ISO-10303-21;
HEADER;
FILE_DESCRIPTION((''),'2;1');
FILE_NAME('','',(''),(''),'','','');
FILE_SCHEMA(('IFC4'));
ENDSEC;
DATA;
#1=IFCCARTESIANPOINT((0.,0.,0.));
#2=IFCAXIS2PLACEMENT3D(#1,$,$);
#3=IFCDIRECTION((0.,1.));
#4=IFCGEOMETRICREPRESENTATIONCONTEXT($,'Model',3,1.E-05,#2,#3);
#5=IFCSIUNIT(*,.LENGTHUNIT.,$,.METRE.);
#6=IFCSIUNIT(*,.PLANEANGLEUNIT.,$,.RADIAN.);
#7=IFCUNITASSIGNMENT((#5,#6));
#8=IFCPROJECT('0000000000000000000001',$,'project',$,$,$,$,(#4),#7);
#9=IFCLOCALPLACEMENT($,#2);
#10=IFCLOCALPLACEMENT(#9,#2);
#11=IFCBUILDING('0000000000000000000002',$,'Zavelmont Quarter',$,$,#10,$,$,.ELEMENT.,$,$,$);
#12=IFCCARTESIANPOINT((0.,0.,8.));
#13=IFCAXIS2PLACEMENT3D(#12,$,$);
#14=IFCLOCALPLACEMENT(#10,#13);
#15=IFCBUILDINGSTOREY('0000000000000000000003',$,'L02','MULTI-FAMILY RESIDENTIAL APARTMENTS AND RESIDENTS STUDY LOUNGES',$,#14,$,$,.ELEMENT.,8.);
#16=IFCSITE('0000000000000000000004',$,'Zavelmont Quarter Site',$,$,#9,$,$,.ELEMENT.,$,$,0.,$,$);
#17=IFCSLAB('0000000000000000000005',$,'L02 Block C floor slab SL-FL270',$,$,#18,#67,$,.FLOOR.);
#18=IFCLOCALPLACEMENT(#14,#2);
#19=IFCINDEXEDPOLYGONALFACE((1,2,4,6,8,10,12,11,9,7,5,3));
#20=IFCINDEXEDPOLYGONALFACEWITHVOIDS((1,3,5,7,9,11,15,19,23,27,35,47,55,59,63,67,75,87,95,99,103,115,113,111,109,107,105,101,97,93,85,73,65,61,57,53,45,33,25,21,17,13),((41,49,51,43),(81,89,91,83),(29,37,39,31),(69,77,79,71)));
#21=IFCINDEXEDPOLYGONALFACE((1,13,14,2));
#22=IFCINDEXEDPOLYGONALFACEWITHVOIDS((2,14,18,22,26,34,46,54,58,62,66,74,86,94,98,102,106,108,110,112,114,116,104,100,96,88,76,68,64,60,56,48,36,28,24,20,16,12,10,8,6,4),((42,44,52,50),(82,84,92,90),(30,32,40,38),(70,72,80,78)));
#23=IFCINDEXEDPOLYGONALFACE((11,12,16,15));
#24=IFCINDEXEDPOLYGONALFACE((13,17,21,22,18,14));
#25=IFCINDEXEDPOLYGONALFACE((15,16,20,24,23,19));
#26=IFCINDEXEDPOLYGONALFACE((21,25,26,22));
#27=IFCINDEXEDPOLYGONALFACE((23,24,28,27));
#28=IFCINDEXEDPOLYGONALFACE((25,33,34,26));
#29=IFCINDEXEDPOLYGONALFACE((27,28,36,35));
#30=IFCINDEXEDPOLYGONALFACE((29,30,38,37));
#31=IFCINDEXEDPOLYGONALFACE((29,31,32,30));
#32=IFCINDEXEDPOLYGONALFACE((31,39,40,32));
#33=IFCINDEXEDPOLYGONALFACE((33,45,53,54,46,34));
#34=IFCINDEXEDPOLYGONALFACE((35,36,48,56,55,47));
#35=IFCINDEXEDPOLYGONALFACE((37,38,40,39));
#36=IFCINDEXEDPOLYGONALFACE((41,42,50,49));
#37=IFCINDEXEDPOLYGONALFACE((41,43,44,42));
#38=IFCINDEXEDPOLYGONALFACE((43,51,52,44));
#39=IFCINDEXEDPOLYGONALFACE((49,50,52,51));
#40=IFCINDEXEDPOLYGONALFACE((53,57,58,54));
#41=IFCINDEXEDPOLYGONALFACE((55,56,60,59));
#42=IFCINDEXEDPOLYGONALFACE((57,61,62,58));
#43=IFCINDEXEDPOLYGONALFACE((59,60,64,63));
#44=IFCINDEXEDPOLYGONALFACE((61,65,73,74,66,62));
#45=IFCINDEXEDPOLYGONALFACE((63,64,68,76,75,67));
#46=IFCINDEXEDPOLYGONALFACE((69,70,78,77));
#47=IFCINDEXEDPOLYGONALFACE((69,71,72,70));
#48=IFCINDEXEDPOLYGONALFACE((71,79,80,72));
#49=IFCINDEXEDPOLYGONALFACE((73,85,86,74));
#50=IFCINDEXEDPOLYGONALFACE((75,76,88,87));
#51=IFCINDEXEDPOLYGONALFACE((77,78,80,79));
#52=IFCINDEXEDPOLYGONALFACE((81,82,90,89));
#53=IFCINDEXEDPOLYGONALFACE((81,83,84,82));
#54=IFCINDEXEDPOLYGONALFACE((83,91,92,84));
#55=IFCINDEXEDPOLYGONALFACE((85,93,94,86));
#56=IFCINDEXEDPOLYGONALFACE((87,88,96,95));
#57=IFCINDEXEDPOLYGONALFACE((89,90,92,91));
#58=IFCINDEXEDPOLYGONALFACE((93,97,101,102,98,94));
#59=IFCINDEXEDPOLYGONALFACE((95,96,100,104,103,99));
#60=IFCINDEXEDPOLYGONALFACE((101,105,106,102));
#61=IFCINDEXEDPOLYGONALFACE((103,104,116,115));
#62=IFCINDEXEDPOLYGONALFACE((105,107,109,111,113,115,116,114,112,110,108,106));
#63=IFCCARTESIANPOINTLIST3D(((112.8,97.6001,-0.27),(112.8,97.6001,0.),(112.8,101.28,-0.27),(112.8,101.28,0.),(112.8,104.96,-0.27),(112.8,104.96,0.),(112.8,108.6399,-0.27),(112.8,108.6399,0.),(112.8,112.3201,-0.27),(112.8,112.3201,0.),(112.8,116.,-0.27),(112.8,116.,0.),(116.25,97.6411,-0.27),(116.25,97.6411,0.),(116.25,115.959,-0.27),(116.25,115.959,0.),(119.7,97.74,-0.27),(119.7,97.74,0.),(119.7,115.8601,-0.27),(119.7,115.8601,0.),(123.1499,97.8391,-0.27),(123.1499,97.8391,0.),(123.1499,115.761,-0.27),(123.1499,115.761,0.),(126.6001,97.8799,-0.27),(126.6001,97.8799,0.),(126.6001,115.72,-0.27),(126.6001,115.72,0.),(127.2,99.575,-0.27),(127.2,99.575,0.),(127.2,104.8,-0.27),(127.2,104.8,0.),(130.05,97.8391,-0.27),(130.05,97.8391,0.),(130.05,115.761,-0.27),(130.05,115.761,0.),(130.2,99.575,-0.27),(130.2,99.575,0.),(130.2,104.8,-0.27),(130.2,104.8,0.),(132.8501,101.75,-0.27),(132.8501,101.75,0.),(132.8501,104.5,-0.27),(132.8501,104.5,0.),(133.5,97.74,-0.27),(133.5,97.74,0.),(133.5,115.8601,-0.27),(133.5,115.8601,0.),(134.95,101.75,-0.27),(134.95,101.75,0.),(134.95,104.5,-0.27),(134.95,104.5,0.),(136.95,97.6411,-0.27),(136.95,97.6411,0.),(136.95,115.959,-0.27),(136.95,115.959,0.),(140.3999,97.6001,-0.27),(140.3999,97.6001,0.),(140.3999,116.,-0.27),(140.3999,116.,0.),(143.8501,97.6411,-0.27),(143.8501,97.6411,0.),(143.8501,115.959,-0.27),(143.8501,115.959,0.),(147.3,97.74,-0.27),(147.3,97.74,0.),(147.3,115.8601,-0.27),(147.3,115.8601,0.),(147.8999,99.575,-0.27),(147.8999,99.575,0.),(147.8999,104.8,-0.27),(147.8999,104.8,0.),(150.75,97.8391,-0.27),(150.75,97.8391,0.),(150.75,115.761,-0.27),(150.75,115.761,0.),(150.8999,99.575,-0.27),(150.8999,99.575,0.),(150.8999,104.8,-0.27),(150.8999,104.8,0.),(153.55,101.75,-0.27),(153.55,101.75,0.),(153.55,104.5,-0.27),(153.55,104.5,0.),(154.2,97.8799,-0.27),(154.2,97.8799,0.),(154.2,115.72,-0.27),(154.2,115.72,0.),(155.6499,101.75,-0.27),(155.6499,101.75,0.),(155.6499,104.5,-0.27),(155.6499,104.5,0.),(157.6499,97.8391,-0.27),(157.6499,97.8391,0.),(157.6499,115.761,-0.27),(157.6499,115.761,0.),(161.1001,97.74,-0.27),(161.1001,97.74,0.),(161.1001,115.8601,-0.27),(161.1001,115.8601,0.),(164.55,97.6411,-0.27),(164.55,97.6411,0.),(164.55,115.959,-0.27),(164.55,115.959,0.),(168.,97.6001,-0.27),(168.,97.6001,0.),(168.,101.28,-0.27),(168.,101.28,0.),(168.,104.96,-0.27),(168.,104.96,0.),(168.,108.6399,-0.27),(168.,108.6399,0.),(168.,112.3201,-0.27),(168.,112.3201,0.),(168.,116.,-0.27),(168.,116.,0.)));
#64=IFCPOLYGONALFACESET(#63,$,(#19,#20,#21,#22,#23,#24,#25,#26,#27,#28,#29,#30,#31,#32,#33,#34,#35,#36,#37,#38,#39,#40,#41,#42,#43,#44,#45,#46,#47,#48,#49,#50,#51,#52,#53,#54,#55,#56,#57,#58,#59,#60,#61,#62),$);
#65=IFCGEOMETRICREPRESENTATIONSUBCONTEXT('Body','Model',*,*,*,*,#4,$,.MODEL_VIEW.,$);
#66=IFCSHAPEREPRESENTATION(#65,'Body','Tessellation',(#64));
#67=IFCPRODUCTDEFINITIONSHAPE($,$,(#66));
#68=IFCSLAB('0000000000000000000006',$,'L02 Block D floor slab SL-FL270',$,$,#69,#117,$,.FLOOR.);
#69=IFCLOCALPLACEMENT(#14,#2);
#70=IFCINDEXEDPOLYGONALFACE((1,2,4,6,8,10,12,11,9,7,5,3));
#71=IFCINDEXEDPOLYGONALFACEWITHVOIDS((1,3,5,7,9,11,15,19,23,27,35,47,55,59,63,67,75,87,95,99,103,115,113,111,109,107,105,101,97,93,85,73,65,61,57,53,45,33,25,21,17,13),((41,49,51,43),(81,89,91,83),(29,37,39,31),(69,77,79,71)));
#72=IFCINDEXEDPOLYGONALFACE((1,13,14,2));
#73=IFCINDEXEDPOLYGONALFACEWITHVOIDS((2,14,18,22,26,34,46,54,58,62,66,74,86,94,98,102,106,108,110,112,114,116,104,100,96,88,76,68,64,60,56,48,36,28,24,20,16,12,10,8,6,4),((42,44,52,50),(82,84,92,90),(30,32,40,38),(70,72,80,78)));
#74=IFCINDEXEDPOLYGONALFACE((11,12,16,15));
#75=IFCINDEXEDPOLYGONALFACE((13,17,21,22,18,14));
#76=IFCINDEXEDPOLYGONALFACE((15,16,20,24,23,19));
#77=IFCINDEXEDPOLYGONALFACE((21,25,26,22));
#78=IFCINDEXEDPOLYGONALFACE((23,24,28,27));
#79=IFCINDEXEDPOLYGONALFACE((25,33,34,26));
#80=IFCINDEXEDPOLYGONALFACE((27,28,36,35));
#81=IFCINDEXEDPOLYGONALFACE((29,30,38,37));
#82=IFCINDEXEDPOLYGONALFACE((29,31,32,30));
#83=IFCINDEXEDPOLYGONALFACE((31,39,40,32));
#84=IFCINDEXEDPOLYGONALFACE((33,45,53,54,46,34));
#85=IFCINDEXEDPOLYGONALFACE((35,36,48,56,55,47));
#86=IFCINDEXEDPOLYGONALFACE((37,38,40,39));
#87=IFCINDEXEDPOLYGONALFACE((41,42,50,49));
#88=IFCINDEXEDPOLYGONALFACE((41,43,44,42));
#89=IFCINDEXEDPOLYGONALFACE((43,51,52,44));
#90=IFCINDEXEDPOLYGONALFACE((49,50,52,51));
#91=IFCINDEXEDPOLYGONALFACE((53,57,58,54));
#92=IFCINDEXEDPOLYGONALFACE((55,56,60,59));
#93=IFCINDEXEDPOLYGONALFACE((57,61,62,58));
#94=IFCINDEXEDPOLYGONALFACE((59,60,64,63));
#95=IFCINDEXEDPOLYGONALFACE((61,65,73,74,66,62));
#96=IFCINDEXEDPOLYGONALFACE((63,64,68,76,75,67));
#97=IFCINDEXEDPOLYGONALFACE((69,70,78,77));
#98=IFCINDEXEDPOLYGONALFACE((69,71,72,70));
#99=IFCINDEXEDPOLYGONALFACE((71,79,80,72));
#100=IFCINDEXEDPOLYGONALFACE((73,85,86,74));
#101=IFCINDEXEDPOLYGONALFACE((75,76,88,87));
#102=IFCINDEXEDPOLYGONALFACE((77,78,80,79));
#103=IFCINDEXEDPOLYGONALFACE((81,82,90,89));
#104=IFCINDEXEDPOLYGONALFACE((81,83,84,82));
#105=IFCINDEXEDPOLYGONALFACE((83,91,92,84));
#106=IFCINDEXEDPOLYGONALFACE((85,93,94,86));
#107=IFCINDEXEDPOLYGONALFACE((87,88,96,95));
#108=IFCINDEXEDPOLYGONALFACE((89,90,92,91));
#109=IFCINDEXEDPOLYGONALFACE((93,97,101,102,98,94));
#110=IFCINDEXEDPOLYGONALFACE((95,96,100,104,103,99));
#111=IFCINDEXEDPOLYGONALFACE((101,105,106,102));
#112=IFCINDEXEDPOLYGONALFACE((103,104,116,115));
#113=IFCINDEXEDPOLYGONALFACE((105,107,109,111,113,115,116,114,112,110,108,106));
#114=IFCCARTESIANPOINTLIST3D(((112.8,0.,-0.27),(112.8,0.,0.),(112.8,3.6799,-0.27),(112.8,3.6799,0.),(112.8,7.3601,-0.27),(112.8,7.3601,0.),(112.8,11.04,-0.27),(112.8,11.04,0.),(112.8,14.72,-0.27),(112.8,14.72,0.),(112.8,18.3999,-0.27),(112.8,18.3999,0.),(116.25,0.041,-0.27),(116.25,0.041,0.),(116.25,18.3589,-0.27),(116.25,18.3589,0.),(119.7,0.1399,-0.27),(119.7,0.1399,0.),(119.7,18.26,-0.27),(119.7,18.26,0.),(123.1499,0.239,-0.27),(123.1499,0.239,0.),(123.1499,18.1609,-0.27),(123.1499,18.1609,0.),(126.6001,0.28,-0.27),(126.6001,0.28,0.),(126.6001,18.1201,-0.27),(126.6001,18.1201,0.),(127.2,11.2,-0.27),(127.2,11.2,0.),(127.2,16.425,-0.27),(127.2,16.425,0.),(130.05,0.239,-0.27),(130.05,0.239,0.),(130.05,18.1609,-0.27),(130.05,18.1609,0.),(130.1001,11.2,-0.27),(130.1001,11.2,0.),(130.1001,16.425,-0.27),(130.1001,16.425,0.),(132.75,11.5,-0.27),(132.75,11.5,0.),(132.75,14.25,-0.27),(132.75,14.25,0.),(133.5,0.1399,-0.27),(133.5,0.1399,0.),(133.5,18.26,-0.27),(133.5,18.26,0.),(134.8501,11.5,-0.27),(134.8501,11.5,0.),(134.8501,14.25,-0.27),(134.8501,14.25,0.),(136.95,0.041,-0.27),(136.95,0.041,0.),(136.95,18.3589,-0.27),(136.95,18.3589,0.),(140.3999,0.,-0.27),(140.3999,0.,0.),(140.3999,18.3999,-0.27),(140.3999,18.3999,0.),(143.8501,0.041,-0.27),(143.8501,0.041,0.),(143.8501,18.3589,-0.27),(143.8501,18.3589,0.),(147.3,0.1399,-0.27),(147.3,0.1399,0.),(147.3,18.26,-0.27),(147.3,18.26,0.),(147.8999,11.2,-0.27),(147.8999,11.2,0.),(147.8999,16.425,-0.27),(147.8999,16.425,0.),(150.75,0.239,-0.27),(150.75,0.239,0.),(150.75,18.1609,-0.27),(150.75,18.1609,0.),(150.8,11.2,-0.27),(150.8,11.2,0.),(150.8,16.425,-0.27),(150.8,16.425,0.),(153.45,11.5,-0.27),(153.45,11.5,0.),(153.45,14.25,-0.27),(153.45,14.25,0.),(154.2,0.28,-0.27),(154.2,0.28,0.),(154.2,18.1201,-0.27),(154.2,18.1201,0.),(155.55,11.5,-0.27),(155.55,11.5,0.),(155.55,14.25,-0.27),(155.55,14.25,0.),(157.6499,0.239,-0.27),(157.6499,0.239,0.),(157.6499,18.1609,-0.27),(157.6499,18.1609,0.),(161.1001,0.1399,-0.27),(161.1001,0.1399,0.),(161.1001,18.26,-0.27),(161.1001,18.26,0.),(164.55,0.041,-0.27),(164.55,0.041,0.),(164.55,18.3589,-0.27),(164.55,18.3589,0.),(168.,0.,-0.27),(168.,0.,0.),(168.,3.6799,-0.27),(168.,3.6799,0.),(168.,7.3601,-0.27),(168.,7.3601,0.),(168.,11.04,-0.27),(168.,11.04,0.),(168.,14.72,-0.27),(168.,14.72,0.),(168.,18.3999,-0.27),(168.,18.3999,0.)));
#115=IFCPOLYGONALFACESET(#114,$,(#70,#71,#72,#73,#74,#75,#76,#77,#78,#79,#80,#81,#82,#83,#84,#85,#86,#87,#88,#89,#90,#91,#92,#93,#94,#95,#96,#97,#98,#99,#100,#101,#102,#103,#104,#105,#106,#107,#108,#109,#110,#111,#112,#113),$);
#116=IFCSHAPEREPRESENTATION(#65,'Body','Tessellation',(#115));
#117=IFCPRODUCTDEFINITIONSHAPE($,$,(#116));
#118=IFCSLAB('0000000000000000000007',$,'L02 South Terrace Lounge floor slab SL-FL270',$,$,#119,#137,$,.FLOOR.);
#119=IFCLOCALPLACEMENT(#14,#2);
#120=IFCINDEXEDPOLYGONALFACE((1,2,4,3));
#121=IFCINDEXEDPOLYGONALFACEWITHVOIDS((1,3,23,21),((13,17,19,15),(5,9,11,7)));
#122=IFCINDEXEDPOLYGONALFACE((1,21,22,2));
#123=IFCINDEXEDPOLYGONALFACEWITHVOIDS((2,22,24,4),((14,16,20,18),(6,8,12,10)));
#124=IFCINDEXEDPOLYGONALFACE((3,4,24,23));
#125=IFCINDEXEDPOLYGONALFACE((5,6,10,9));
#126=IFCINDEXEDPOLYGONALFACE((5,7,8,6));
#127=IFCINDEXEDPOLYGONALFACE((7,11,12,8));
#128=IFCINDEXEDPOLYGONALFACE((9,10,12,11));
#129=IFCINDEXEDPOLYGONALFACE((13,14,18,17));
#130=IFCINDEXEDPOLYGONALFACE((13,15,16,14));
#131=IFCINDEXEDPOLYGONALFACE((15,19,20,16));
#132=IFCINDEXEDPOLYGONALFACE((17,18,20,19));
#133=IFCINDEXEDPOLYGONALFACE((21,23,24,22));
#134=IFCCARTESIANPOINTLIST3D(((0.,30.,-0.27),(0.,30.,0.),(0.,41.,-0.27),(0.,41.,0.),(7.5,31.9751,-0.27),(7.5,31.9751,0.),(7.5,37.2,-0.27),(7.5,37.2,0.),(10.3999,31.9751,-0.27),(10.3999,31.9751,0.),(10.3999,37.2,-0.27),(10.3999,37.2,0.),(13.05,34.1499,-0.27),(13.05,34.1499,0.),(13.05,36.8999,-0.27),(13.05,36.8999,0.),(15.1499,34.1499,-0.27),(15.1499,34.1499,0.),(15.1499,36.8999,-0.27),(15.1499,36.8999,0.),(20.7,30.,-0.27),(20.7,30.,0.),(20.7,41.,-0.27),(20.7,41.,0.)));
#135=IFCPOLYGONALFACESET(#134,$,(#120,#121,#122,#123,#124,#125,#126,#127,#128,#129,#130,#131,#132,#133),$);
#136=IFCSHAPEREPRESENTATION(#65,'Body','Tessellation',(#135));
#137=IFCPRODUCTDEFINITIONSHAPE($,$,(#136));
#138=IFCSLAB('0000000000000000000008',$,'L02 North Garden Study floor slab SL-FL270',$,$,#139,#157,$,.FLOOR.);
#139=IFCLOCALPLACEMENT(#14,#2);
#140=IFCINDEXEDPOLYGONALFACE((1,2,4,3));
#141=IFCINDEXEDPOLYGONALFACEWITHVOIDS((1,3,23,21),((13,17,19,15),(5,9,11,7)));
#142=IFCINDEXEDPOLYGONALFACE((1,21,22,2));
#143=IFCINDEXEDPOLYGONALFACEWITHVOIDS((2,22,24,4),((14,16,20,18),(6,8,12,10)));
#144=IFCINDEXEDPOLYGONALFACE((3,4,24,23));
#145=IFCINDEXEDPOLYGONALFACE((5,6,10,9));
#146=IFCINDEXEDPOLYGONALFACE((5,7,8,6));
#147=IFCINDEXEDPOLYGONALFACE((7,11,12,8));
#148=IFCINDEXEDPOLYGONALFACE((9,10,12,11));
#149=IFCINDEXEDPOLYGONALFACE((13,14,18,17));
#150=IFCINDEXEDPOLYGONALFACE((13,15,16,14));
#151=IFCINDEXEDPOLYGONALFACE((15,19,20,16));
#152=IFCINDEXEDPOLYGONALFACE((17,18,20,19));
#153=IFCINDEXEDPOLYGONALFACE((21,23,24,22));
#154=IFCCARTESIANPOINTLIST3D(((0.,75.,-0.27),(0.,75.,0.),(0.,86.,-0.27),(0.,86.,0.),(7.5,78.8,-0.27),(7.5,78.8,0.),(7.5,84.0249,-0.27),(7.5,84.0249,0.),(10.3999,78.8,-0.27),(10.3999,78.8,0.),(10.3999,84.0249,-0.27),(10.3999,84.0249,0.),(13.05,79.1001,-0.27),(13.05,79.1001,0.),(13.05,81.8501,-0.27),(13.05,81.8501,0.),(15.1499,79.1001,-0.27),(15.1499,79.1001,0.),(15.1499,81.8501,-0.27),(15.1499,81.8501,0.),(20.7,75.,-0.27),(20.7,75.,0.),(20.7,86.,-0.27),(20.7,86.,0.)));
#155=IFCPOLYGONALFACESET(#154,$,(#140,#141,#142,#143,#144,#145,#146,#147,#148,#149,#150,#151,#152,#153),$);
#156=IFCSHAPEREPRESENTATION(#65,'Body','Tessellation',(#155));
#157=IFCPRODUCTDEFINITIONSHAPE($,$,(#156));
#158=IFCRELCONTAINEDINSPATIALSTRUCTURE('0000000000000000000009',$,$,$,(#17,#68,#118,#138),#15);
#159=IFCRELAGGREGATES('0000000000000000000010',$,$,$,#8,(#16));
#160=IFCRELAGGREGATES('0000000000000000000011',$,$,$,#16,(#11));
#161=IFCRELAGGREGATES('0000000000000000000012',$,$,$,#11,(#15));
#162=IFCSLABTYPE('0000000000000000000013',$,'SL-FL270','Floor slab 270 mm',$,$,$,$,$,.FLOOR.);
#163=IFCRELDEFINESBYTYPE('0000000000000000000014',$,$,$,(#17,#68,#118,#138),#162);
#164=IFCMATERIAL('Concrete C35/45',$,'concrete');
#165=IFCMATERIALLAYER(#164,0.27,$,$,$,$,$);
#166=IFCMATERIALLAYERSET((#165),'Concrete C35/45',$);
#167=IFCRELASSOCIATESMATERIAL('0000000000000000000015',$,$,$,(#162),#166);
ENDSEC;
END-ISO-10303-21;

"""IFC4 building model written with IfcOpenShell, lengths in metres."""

from ifc_helpers import new_model, si_unit, direction, frame, origin, place, context, subcontext, project, spatial, polyline, outline, extrude, material, layer, layer_set, type_object, element, save


model = new_model("IFC4")

# Units and contexts
model_context = context("Model", 3, precision=1e-05, world=origin(), true_north=direction((0.0, 1.0)))
body_context = subcontext(model_context, "Body", "Model", "MODEL_VIEW")
ifc_project = project(units=[si_unit("LENGTHUNIT", "METRE"), si_unit("PLANEANGLEUNIT", "RADIAN")], contexts=[model_context])

# Site, building, storey
site_placement = place(None, origin())
site = spatial("IfcSite", under=ifc_project, at=site_placement, Name="Zavelmont Quarter Site", CompositionType="ELEMENT", RefElevation=0.0)
building_placement = place(site_placement, origin())
building = spatial("IfcBuilding", under=site, at=building_placement, Name="Zavelmont Quarter", CompositionType="ELEMENT")
storey_placement = place(building_placement, frame((0.0, 0.0, 8.0)))
storey = spatial("IfcBuildingStorey", under=building, at=storey_placement, Name="L02", Description="MULTI-FAMILY RESIDENTIAL APARTMENTS AND RESIDENTS STUDY LOUNGES", CompositionType="ELEMENT", Elevation=8.0)

# Slabs
ifc_material_1 = material(Name="Concrete C35/45", Category="concrete")
ifc_layer_1 = layer(ifc_material_1, 0.27)
ifc_layer_set_1 = layer_set([ifc_layer_1], Name="Concrete C35/45")
slab_type_1 = type_object("IfcSlabType", Name="SL-FL270", Description="Floor slab 270 mm", PredefinedType="FLOOR", material=ifc_layer_set_1)
slab_1_placement = place(storey_placement, frame((0.0, 0.0, -0.27)))
element("IfcSlab", 1, at=slab_1_placement, inside=storey, type_object=slab_type_1, Name="L02 Block C floor slab SL-FL270", PredefinedType="FLOOR", context=body_context, shape_type="SweptSolid", body=[
    extrude(outline(polyline([(112.8, 97.6001), (116.25, 97.6411), (119.7, 97.74), (123.1499, 97.8391), (126.6001, 97.8799), (130.05, 97.8391), (133.5, 97.74), (136.95, 97.6411), (140.3999, 97.6001), (143.8501, 97.6411), (147.3, 97.74), (150.75, 97.8391), (154.2, 97.8799), (157.6499, 97.8391), (161.1001, 97.74), (164.55, 97.6411), (168.0, 97.6001), (168.0, 101.28), (168.0, 104.96), (168.0, 108.6399), (168.0, 112.3201), (168.0, 116.0), (164.55, 115.959), (161.1001, 115.8601), (157.6499, 115.761), (154.2, 115.72), (150.75, 115.761), (147.3, 115.8601), (143.8501, 115.959), (140.3999, 116.0), (136.95, 115.959), (133.5, 115.8601), (130.05, 115.761), (126.6001, 115.72), (123.1499, 115.761), (119.7, 115.8601), (116.25, 115.959), (112.8, 116.0), (112.8, 112.3201), (112.8, 108.6399), (112.8, 104.96), (112.8, 101.28), (112.8, 97.6001)]), holes=[polyline([(130.2, 99.575), (130.2, 104.8), (127.2, 104.8), (127.2, 99.575), (130.2, 99.575)]), polyline([(132.8501, 101.75), (134.95, 101.75), (134.95, 104.5), (132.8501, 104.5), (132.8501, 101.75)]), polyline([(150.8999, 99.575), (150.8999, 104.8), (147.8999, 104.8), (147.8999, 99.575), (150.8999, 99.575)]), polyline([(153.55, 101.75), (155.6499, 101.75), (155.6499, 104.5), (153.55, 104.5), (153.55, 101.75)])]), origin(), (0.0, 0.0, 1.0), 0.27),
])
slab_2_placement = place(storey_placement, frame((0.0, 0.0, -0.27)))
element("IfcSlab", 2, at=slab_2_placement, inside=storey, type_object=slab_type_1, Name="L02 Block D floor slab SL-FL270", PredefinedType="FLOOR", context=body_context, shape_type="SweptSolid", body=[
    extrude(outline(polyline([(112.8, 0.0), (116.25, 0.041), (119.7, 0.1399), (123.1499, 0.239), (126.6001, 0.28), (130.05, 0.239), (133.5, 0.1399), (136.95, 0.041), (140.3999, 0.0), (143.8501, 0.041), (147.3, 0.1399), (150.75, 0.239), (154.2, 0.28), (157.6499, 0.239), (161.1001, 0.1399), (164.55, 0.041), (168.0, 0.0), (168.0, 3.6799), (168.0, 7.3601), (168.0, 11.04), (168.0, 14.72), (168.0, 18.3999), (164.55, 18.3589), (161.1001, 18.26), (157.6499, 18.1609), (154.2, 18.1201), (150.75, 18.1609), (147.3, 18.26), (143.8501, 18.3589), (140.3999, 18.3999), (136.95, 18.3589), (133.5, 18.26), (130.05, 18.1609), (126.6001, 18.1201), (123.1499, 18.1609), (119.7, 18.26), (116.25, 18.3589), (112.8, 18.3999), (112.8, 14.72), (112.8, 11.04), (112.8, 7.3601), (112.8, 3.6799), (112.8, 0.0)]), holes=[polyline([(127.2, 16.425), (127.2, 11.2), (130.1001, 11.2), (130.1001, 16.425), (127.2, 16.425)]), polyline([(132.75, 11.5), (134.8501, 11.5), (134.8501, 14.25), (132.75, 14.25), (132.75, 11.5)]), polyline([(147.8999, 16.425), (147.8999, 11.2), (150.8, 11.2), (150.8, 16.425), (147.8999, 16.425)]), polyline([(153.45, 11.5), (155.55, 11.5), (155.55, 14.25), (153.45, 14.25), (153.45, 11.5)])]), origin(), (0.0, 0.0, 1.0), 0.27),
])
slab_3_placement = place(storey_placement, frame((0.0, 0.0, -0.27)))
element("IfcSlab", 3, at=slab_3_placement, inside=storey, type_object=slab_type_1, Name="L02 South Terrace Lounge floor slab SL-FL270", PredefinedType="FLOOR", context=body_context, shape_type="SweptSolid", body=[
    extrude(outline(polyline([(0.0, 30.0), (20.7, 30.0), (20.7, 41.0), (0.0, 41.0), (0.0, 30.0)]), holes=[polyline([(10.3999, 31.9751), (10.3999, 37.2), (7.5, 37.2), (7.5, 31.9751), (10.3999, 31.9751)]), polyline([(13.05, 34.1499), (15.1499, 34.1499), (15.1499, 36.8999), (13.05, 36.8999), (13.05, 34.1499)])]), origin(), (0.0, 0.0, 1.0), 0.27),
])
slab_4_placement = place(storey_placement, frame((0.0, 0.0, -0.27)))
element("IfcSlab", 4, at=slab_4_placement, inside=storey, type_object=slab_type_1, Name="L02 North Garden Study floor slab SL-FL270", PredefinedType="FLOOR", context=body_context, shape_type="SweptSolid", body=[
    extrude(outline(polyline([(0.0, 75.0), (20.7, 75.0), (20.7, 86.0), (0.0, 86.0), (0.0, 75.0)]), holes=[polyline([(7.5, 84.0249), (7.5, 78.8), (10.3999, 78.8), (10.3999, 84.0249), (7.5, 84.0249)]), polyline([(13.05, 79.1001), (15.1499, 79.1001), (15.1499, 81.8501), (13.05, 81.8501), (13.05, 79.1001)])]), origin(), (0.0, 0.0, 1.0), 0.27),
])

save(model, "model.ifc")
